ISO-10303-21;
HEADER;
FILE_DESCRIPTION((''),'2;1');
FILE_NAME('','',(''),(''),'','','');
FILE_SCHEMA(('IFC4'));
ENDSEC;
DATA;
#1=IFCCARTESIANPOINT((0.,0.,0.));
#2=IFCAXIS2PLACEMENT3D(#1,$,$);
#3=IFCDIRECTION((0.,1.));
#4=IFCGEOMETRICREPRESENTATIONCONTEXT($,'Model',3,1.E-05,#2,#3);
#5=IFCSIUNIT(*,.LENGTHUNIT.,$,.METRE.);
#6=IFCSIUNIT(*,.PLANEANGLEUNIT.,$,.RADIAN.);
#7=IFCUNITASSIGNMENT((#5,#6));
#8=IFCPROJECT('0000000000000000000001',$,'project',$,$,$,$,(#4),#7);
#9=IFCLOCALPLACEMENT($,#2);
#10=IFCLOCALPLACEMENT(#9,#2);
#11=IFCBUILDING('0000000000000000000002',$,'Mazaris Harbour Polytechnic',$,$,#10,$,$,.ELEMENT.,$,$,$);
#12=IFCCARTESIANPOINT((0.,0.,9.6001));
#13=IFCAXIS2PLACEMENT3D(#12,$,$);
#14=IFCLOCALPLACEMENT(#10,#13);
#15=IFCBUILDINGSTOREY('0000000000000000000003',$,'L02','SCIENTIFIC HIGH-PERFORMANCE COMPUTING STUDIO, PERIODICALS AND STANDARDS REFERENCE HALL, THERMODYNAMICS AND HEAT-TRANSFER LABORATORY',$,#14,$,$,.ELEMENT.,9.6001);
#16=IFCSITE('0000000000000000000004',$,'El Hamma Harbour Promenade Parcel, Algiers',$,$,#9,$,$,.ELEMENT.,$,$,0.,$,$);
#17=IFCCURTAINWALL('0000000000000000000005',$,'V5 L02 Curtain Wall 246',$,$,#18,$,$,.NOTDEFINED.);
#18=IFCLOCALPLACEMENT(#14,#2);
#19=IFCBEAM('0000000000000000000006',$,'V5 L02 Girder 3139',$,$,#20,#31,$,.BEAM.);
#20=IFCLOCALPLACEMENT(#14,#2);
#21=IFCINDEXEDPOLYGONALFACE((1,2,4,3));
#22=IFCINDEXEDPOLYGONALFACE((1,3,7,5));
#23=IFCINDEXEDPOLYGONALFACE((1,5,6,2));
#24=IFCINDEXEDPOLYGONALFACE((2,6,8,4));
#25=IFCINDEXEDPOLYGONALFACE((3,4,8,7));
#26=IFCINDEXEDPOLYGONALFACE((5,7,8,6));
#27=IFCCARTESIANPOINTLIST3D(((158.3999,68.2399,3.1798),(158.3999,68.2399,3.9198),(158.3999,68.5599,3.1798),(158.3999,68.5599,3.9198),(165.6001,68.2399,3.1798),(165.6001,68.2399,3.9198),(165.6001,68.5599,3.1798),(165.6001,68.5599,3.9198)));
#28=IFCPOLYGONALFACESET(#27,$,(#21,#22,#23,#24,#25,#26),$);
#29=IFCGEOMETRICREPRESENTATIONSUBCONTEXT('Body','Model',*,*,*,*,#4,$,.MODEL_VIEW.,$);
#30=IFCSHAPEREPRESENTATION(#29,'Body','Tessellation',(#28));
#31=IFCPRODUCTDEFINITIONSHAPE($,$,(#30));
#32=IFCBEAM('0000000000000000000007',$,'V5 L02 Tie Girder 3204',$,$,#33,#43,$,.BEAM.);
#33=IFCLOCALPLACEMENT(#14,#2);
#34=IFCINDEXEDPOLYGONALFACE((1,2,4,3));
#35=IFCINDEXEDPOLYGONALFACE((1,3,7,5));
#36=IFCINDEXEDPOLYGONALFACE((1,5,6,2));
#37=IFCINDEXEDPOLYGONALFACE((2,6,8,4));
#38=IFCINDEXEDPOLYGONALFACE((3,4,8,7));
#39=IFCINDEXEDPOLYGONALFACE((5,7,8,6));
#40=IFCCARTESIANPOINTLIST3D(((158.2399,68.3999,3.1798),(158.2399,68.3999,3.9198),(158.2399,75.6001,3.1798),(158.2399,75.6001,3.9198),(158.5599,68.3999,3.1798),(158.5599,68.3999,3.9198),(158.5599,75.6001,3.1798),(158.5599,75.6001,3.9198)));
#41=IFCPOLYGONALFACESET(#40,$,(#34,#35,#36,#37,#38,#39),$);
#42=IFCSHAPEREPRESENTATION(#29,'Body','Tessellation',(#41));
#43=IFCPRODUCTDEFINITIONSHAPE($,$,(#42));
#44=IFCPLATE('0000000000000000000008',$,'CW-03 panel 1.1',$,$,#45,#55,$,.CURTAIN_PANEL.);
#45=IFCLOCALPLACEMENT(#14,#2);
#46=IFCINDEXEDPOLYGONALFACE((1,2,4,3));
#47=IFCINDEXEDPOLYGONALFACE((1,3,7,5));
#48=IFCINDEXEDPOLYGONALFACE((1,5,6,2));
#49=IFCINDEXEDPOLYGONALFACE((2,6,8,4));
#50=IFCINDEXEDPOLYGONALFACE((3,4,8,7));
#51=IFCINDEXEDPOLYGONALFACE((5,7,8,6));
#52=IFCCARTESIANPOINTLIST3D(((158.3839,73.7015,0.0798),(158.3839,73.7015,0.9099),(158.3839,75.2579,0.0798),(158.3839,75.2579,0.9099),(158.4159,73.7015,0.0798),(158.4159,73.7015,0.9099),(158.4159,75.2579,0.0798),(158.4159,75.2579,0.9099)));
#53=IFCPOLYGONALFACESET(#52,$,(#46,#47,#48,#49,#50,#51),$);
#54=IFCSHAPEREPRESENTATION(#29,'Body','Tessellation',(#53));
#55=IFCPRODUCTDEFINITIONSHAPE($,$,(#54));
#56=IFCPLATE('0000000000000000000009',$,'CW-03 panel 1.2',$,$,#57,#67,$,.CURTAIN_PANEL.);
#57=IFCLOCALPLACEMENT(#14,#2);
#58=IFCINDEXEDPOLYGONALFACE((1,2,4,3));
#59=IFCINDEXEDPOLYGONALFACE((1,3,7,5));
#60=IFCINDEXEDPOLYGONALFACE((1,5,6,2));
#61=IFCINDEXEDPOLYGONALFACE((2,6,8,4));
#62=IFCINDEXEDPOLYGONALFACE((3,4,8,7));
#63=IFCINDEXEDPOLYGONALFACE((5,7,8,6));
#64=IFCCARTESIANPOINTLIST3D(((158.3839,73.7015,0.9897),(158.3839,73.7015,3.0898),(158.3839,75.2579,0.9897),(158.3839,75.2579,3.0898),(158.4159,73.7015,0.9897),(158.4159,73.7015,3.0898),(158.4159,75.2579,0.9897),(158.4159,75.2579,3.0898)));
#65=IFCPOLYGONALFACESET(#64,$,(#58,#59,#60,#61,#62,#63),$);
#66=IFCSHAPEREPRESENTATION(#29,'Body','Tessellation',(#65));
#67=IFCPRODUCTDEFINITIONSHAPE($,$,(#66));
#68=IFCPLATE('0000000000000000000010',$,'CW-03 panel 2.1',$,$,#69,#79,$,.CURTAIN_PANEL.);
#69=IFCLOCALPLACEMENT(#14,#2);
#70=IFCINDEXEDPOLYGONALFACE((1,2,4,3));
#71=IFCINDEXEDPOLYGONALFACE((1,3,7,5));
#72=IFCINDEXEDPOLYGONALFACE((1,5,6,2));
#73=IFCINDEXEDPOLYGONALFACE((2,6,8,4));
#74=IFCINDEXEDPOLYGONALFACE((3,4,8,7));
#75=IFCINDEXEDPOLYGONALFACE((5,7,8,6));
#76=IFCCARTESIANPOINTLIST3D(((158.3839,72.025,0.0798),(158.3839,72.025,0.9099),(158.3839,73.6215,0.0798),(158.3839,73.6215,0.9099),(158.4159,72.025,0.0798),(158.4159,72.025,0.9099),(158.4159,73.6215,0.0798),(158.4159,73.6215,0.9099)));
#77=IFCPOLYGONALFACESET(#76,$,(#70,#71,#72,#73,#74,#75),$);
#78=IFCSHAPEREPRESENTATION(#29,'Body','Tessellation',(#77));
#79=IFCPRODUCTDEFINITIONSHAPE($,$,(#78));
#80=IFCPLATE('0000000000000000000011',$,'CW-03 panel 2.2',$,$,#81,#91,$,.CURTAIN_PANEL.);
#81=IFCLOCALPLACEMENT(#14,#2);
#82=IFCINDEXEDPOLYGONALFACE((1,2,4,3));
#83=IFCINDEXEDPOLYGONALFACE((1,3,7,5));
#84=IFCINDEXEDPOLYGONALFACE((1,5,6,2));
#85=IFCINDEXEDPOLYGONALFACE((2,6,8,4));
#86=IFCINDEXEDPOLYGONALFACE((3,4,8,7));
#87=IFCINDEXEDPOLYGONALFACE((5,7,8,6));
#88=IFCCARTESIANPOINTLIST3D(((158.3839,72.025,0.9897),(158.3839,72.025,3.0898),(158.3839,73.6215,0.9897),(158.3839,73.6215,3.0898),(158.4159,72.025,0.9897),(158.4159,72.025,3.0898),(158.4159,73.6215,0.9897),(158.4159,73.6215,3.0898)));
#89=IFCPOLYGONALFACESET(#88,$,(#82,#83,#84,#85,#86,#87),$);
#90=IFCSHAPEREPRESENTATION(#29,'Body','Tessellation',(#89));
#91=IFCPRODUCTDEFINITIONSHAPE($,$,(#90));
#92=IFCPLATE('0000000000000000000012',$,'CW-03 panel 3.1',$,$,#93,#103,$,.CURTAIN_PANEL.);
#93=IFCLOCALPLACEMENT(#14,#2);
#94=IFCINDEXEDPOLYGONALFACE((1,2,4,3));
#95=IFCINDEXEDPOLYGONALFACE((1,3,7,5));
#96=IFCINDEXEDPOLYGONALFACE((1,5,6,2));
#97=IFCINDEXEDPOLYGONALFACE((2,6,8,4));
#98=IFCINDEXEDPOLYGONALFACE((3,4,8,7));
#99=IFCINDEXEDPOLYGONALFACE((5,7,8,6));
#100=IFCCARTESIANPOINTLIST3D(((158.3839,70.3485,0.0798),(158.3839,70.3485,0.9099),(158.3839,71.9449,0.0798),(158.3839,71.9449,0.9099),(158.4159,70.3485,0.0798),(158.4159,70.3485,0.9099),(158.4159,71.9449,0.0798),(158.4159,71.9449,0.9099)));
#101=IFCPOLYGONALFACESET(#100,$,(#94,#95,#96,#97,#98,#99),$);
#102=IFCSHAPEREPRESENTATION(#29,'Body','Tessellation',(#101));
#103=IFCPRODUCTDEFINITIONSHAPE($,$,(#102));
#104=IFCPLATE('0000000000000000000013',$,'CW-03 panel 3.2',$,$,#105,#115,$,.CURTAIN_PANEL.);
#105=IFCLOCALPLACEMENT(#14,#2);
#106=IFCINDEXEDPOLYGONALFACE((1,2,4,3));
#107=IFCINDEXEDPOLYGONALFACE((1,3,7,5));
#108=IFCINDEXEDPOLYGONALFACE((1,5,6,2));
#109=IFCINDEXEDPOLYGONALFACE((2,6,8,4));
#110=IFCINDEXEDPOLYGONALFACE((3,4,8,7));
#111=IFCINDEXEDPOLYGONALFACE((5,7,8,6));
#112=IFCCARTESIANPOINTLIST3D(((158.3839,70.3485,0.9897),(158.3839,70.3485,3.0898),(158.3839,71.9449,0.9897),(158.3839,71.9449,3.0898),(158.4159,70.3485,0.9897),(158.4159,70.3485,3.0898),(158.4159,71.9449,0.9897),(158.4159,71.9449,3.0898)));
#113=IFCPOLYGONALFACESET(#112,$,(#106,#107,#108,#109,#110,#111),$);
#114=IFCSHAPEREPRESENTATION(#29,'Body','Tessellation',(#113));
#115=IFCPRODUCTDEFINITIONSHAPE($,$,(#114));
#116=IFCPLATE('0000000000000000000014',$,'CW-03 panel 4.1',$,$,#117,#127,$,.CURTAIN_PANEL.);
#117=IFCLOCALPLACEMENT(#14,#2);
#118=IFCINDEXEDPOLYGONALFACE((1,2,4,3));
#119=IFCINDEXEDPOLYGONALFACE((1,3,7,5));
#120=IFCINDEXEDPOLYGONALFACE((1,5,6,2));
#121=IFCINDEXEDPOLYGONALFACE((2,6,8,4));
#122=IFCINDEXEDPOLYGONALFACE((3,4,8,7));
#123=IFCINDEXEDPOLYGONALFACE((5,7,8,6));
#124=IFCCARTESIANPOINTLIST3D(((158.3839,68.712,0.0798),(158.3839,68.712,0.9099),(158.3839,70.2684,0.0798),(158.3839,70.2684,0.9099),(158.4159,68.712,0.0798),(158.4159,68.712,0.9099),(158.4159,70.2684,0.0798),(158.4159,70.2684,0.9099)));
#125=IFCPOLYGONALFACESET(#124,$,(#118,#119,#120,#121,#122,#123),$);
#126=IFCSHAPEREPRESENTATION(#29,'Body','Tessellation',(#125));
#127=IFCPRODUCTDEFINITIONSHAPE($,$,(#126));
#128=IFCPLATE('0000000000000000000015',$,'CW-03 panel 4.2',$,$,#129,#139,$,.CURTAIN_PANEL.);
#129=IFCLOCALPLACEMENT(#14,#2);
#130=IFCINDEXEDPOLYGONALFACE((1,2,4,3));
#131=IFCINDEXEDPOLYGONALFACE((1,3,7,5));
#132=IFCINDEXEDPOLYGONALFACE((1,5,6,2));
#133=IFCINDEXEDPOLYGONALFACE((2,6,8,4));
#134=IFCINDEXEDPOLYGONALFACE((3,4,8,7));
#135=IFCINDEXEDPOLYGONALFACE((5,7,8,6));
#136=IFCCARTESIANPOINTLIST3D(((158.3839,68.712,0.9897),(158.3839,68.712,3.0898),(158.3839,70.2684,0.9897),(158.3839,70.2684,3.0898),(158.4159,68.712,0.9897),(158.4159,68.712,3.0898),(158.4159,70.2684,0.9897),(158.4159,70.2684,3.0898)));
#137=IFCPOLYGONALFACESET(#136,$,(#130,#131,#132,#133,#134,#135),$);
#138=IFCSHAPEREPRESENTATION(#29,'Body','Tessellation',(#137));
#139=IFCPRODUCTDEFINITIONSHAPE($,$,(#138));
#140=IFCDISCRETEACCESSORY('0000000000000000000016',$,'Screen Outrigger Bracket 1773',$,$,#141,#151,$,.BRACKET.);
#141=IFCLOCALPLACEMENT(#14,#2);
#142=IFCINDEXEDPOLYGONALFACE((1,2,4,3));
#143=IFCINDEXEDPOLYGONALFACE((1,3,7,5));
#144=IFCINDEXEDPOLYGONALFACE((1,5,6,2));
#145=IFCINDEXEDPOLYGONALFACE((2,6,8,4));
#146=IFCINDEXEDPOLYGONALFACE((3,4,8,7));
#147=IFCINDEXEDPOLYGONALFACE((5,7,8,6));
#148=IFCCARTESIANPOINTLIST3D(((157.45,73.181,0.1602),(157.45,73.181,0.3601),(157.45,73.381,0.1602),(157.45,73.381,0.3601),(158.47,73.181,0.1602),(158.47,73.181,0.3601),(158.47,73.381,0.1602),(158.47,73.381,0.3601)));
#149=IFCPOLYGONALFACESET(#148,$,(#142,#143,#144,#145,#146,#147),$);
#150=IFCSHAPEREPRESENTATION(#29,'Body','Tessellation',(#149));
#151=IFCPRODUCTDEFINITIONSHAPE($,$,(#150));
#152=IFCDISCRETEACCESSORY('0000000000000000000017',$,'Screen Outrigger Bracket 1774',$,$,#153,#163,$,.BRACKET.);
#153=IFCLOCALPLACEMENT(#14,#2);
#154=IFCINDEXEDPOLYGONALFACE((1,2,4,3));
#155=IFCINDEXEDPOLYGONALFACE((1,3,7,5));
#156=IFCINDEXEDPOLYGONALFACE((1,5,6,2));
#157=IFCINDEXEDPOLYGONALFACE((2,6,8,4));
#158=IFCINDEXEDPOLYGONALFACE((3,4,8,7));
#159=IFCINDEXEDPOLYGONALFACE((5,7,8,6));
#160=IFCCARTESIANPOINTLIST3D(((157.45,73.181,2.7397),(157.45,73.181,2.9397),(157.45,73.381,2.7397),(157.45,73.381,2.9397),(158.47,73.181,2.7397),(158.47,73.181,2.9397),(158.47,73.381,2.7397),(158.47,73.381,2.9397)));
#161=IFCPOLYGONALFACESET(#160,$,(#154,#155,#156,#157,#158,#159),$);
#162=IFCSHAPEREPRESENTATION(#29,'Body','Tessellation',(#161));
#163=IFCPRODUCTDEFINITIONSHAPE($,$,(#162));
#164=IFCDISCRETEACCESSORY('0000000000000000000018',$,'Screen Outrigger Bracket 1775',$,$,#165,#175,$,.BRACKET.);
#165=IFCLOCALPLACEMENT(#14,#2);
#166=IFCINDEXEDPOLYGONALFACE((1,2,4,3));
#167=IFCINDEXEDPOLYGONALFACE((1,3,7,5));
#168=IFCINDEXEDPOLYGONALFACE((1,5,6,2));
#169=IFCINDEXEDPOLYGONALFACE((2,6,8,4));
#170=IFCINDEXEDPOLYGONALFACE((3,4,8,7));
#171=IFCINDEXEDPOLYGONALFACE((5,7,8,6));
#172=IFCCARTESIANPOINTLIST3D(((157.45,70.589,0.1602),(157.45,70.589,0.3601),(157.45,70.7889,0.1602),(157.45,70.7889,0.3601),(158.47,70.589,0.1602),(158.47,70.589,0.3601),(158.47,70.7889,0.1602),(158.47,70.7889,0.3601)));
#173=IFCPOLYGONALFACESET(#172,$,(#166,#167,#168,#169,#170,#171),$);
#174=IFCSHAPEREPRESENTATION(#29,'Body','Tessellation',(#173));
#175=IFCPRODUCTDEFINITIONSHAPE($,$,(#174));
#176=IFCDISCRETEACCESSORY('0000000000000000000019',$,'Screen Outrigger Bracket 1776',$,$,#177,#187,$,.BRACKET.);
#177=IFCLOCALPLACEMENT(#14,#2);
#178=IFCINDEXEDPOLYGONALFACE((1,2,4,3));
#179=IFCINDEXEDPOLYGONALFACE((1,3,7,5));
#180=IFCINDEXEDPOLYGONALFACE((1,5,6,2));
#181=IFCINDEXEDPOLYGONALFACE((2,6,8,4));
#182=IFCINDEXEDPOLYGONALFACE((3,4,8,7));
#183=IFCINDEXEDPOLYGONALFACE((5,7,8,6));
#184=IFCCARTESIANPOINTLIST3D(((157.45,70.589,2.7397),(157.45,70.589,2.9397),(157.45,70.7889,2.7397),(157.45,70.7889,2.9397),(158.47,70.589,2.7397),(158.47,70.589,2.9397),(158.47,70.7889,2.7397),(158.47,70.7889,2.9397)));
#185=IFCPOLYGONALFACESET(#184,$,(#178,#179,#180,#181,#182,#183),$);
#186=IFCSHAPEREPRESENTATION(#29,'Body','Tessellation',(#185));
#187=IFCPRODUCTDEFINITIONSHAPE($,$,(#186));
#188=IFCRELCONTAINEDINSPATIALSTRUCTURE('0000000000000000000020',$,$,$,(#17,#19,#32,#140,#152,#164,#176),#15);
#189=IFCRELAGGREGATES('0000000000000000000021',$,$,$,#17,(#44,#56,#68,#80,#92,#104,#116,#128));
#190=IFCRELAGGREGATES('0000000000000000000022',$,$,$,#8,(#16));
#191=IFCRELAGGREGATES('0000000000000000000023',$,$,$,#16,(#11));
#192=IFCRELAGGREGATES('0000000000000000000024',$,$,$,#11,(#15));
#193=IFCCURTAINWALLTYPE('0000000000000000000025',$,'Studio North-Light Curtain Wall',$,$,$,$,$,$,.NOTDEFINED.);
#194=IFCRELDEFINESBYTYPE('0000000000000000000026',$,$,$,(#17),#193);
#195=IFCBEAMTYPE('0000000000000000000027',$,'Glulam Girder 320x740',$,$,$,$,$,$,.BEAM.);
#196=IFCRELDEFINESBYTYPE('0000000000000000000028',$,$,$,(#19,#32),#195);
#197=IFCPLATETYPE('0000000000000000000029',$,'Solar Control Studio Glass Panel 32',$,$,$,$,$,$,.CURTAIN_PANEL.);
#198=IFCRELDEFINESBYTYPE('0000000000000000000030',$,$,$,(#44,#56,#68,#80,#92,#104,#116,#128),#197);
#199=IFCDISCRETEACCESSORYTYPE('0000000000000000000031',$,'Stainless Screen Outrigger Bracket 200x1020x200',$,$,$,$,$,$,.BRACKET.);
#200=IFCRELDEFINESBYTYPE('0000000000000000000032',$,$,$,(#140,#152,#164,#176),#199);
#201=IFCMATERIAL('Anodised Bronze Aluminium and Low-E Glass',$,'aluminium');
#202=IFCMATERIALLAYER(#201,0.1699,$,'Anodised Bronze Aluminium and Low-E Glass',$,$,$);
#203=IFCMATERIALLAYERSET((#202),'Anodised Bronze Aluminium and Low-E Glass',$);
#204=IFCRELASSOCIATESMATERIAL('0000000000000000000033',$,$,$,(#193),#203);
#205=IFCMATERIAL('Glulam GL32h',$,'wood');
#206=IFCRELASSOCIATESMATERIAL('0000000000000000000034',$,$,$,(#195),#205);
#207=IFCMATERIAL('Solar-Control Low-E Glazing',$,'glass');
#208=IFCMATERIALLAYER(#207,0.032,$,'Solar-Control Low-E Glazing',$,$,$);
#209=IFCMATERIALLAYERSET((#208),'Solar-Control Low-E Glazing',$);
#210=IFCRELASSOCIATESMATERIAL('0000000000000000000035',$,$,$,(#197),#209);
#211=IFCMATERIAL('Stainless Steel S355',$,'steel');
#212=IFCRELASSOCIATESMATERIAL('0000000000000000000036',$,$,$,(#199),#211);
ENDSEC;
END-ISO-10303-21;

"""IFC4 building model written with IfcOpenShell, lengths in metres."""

from ifc_helpers import new_model, si_unit, direction, frame, origin, origin_2d, place, context, subcontext, project, spatial, rectangle, extrude, material, layer, layer_set, material_profile, profile_set, type_object, element, aggregate, save


model = new_model("IFC4")

# Units and contexts
model_context = context("Model", 3, precision=1e-05, world=origin(), true_north=direction((0.0, 1.0)))
body_context = subcontext(model_context, "Body", "Model", "MODEL_VIEW")
ifc_project = project(units=[si_unit("LENGTHUNIT", "METRE"), si_unit("PLANEANGLEUNIT", "RADIAN")], contexts=[model_context])

# Site, building, storey
site_placement = place(None, origin())
site = spatial("IfcSite", under=ifc_project, at=site_placement, Name="El Hamma Harbour Promenade Parcel, Algiers", CompositionType="ELEMENT", RefElevation=0.0)
building_placement = place(site_placement, origin())
building = spatial("IfcBuilding", under=site, at=building_placement, Name="Mazaris Harbour Polytechnic", CompositionType="ELEMENT")
storey_placement = place(building_placement, frame((0.0, 0.0, 9.6001)))
storey = spatial("IfcBuildingStorey", under=building, at=storey_placement, Name="L02", Description="SCIENTIFIC HIGH-PERFORMANCE COMPUTING STUDIO, PERIODICALS AND STANDARDS REFERENCE HALL, THERMODYNAMICS AND HEAT-TRANSFER LABORATORY", CompositionType="ELEMENT", Elevation=9.6001)

# Curtain wall
ifc_material_1 = material(Name="Anodised Bronze Aluminium and Low-E Glass", Category="aluminium")
ifc_layer_1 = layer(ifc_material_1, 0.1699, Name="Anodised Bronze Aluminium and Low-E Glass")
ifc_layer_set_1 = layer_set([ifc_layer_1], Name="Anodised Bronze Aluminium and Low-E Glass")
curtain_wall_type = type_object("IfcCurtainWallType", Name="Studio North-Light Curtain Wall", PredefinedType="NOTDEFINED", material=ifc_layer_set_1)
curtain_wall_1_placement = place(storey_placement, origin())
curtain_wall_1 = element("IfcCurtainWall", 1, at=curtain_wall_1_placement, inside=storey, type_object=curtain_wall_type, Name="V5 L02 Curtain Wall 246", PredefinedType="NOTDEFINED")

# Beams
ifc_material_2 = material(Name="Glulam GL32h", Category="wood")
ifc_material_profile_1 = material_profile(ifc_material_2, rectangle(XDim=0.3201, YDim=0.74, at=origin_2d()), Name="RECT320x740")
ifc_profile_set_1 = profile_set([ifc_material_profile_1], Name="Glulam GL32h")
beam_type_1 = type_object("IfcBeamType", Name="Glulam Girder 320x740", PredefinedType="BEAM", material=ifc_profile_set_1)
for number, where, z_axis, x_axis, name in (
    (2, (158.3999, 68.3999, 3.5498), (1.0, 0.0, 0.0), (0.0, 1.0, 0.0), "V5 L02 Girder 3139"),
    (3, (158.3999, 68.3999, 3.5498), (0.0, 1.0, 0.0), (-1.0, 0.0, 0.0), "V5 L02 Tie Girder 3204"),
):
    element("IfcBeam", number, at=place(storey_placement, frame(where, z_axis=z_axis, x_axis=x_axis)), inside=storey, type_object=beam_type_1, Name=name, PredefinedType="BEAM", context=body_context, shape_type="SweptSolid", body=[
        extrude(rectangle(XDim=0.3201, YDim=0.74, at=origin_2d()), origin(), (0.0, 0.0, 1.0), 7.2002),
    ])

# Plates
ifc_material_3 = material(Name="Solar-Control Low-E Glazing", Category="glass")
ifc_layer_2 = layer(ifc_material_3, 0.032, Name="Solar-Control Low-E Glazing")
ifc_layer_set_2 = layer_set([ifc_layer_2], Name="Solar-Control Low-E Glazing")
plate_type = type_object("IfcPlateType", Name="Solar Control Studio Glass Panel 32", PredefinedType="CURTAIN_PANEL", material=ifc_layer_set_2)
plate_1_placement = place(storey_placement, frame((158.3999, 74.4797, 0.0798), z_axis=(0.0, 0.0, 1.0), x_axis=(0.0, -1.0, 0.0)))
plate_1 = element("IfcPlate", 4, at=plate_1_placement, type_object=plate_type, Name="CW-03 panel 1.1", PredefinedType="CURTAIN_PANEL", context=body_context, shape_type="SweptSolid", body=[
    extrude(rectangle(XDim=1.5564, YDim=0.032, at=origin_2d()), origin(), (0.0, 0.0, 1.0), 0.8301),
])
plate_2_placement = place(storey_placement, frame((158.3999, 74.4797, 0.9897), z_axis=(0.0, 0.0, 1.0), x_axis=(0.0, -1.0, 0.0)))
plate_2 = element("IfcPlate", 5, at=plate_2_placement, type_object=plate_type, Name="CW-03 panel 1.2", PredefinedType="CURTAIN_PANEL", context=body_context, shape_type="SweptSolid", body=[
    extrude(rectangle(XDim=1.5564, YDim=0.032, at=origin_2d()), origin(), (0.0, 0.0, 1.0), 2.1001),
])
plate_3_placement = place(storey_placement, frame((158.3999, 72.8232, 0.0798), z_axis=(0.0, 0.0, 1.0), x_axis=(0.0, -1.0, 0.0)))
plate_3 = element("IfcPlate", 6, at=plate_3_placement, type_object=plate_type, Name="CW-03 panel 2.1", PredefinedType="CURTAIN_PANEL", context=body_context, shape_type="SweptSolid", body=[
    extrude(rectangle(XDim=1.5964, YDim=0.032, at=origin_2d()), origin(), (0.0, 0.0, 1.0), 0.8301),
])
plate_4_placement = place(storey_placement, frame((158.3999, 72.8232, 0.9897), z_axis=(0.0, 0.0, 1.0), x_axis=(0.0, -1.0, 0.0)))
plate_4 = element("IfcPlate", 7, at=plate_4_placement, type_object=plate_type, Name="CW-03 panel 2.2", PredefinedType="CURTAIN_PANEL", context=body_context, shape_type="SweptSolid", body=[
    extrude(rectangle(XDim=1.5964, YDim=0.032, at=origin_2d()), origin(), (0.0, 0.0, 1.0), 2.1001),
])
plate_5_placement = place(storey_placement, frame((158.3999, 71.1467, 0.0798), z_axis=(0.0, 0.0, 1.0), x_axis=(0.0, -1.0, 0.0)))
plate_5 = element("IfcPlate", 8, at=plate_5_placement, type_object=plate_type, Name="CW-03 panel 3.1", PredefinedType="CURTAIN_PANEL", context=body_context, shape_type="SweptSolid", body=[
    extrude(rectangle(XDim=1.5964, YDim=0.032, at=origin_2d()), origin(), (0.0, 0.0, 1.0), 0.8301),
])
plate_6_placement = place(storey_placement, frame((158.3999, 71.1467, 0.9897), z_axis=(0.0, 0.0, 1.0), x_axis=(0.0, -1.0, 0.0)))
plate_6 = element("IfcPlate", 9, at=plate_6_placement, type_object=plate_type, Name="CW-03 panel 3.2", PredefinedType="CURTAIN_PANEL", context=body_context, shape_type="SweptSolid", body=[
    extrude(rectangle(XDim=1.5964, YDim=0.032, at=origin_2d()), origin(), (0.0, 0.0, 1.0), 2.1001),
])
plate_7_placement = place(storey_placement, frame((158.3999, 69.4902, 0.0798), z_axis=(0.0, 0.0, 1.0), x_axis=(0.0, -1.0, 0.0)))
plate_7 = element("IfcPlate", 10, at=plate_7_placement, type_object=plate_type, Name="CW-03 panel 4.1", PredefinedType="CURTAIN_PANEL", context=body_context, shape_type="SweptSolid", body=[
    extrude(rectangle(XDim=1.5564, YDim=0.032, at=origin_2d()), origin(), (0.0, 0.0, 1.0), 0.8301),
])
plate_8_placement = place(storey_placement, frame((158.3999, 69.4902, 0.9897), z_axis=(0.0, 0.0, 1.0), x_axis=(0.0, -1.0, 0.0)))
plate_8 = element("IfcPlate", 11, at=plate_8_placement, type_object=plate_type, Name="CW-03 panel 4.2", PredefinedType="CURTAIN_PANEL", context=body_context, shape_type="SweptSolid", body=[
    extrude(rectangle(XDim=1.5564, YDim=0.032, at=origin_2d()), origin(), (0.0, 0.0, 1.0), 2.1001),
])
aggregate(curtain_wall_1, [plate_1, plate_2, plate_3, plate_4, plate_5, plate_6, plate_7, plate_8])

# Discrete accessories
ifc_material_4 = material(Name="Stainless Steel S355", Category="steel")
discrete_accessory_type = type_object("IfcDiscreteAccessoryType", Name="Stainless Screen Outrigger Bracket 200x1020x200", PredefinedType="BRACKET", material=ifc_material_4)
for number, where, z_axis, x_axis, name in (
    (12, (157.96, 73.281, 0.1602), (0.0, 0.0, 1.0), (0.0, -1.0, 0.0), "Screen Outrigger Bracket 1773"),
    (13, (157.96, 73.281, 2.7397), (0.0, 0.0, 1.0), (0.0, -1.0, 0.0), "Screen Outrigger Bracket 1774"),
    (14, (157.96, 70.689, 0.1602), (0.0, 0.0, 1.0), (0.0, -1.0, 0.0), "Screen Outrigger Bracket 1775"),
    (15, (157.96, 70.689, 2.7397), (0.0, 0.0, 1.0), (0.0, -1.0, 0.0), "Screen Outrigger Bracket 1776"),
):
    element("IfcDiscreteAccessory", number, at=place(storey_placement, frame(where, z_axis=z_axis, x_axis=x_axis)), inside=storey, type_object=discrete_accessory_type, Name=name, PredefinedType="BRACKET", context=body_context, shape_type="SweptSolid", body=[
        extrude(rectangle(XDim=0.2, YDim=1.02, at=origin_2d()), origin(), (0.0, 0.0, 1.0), 0.2),
    ])

save(model, "model.ifc")
